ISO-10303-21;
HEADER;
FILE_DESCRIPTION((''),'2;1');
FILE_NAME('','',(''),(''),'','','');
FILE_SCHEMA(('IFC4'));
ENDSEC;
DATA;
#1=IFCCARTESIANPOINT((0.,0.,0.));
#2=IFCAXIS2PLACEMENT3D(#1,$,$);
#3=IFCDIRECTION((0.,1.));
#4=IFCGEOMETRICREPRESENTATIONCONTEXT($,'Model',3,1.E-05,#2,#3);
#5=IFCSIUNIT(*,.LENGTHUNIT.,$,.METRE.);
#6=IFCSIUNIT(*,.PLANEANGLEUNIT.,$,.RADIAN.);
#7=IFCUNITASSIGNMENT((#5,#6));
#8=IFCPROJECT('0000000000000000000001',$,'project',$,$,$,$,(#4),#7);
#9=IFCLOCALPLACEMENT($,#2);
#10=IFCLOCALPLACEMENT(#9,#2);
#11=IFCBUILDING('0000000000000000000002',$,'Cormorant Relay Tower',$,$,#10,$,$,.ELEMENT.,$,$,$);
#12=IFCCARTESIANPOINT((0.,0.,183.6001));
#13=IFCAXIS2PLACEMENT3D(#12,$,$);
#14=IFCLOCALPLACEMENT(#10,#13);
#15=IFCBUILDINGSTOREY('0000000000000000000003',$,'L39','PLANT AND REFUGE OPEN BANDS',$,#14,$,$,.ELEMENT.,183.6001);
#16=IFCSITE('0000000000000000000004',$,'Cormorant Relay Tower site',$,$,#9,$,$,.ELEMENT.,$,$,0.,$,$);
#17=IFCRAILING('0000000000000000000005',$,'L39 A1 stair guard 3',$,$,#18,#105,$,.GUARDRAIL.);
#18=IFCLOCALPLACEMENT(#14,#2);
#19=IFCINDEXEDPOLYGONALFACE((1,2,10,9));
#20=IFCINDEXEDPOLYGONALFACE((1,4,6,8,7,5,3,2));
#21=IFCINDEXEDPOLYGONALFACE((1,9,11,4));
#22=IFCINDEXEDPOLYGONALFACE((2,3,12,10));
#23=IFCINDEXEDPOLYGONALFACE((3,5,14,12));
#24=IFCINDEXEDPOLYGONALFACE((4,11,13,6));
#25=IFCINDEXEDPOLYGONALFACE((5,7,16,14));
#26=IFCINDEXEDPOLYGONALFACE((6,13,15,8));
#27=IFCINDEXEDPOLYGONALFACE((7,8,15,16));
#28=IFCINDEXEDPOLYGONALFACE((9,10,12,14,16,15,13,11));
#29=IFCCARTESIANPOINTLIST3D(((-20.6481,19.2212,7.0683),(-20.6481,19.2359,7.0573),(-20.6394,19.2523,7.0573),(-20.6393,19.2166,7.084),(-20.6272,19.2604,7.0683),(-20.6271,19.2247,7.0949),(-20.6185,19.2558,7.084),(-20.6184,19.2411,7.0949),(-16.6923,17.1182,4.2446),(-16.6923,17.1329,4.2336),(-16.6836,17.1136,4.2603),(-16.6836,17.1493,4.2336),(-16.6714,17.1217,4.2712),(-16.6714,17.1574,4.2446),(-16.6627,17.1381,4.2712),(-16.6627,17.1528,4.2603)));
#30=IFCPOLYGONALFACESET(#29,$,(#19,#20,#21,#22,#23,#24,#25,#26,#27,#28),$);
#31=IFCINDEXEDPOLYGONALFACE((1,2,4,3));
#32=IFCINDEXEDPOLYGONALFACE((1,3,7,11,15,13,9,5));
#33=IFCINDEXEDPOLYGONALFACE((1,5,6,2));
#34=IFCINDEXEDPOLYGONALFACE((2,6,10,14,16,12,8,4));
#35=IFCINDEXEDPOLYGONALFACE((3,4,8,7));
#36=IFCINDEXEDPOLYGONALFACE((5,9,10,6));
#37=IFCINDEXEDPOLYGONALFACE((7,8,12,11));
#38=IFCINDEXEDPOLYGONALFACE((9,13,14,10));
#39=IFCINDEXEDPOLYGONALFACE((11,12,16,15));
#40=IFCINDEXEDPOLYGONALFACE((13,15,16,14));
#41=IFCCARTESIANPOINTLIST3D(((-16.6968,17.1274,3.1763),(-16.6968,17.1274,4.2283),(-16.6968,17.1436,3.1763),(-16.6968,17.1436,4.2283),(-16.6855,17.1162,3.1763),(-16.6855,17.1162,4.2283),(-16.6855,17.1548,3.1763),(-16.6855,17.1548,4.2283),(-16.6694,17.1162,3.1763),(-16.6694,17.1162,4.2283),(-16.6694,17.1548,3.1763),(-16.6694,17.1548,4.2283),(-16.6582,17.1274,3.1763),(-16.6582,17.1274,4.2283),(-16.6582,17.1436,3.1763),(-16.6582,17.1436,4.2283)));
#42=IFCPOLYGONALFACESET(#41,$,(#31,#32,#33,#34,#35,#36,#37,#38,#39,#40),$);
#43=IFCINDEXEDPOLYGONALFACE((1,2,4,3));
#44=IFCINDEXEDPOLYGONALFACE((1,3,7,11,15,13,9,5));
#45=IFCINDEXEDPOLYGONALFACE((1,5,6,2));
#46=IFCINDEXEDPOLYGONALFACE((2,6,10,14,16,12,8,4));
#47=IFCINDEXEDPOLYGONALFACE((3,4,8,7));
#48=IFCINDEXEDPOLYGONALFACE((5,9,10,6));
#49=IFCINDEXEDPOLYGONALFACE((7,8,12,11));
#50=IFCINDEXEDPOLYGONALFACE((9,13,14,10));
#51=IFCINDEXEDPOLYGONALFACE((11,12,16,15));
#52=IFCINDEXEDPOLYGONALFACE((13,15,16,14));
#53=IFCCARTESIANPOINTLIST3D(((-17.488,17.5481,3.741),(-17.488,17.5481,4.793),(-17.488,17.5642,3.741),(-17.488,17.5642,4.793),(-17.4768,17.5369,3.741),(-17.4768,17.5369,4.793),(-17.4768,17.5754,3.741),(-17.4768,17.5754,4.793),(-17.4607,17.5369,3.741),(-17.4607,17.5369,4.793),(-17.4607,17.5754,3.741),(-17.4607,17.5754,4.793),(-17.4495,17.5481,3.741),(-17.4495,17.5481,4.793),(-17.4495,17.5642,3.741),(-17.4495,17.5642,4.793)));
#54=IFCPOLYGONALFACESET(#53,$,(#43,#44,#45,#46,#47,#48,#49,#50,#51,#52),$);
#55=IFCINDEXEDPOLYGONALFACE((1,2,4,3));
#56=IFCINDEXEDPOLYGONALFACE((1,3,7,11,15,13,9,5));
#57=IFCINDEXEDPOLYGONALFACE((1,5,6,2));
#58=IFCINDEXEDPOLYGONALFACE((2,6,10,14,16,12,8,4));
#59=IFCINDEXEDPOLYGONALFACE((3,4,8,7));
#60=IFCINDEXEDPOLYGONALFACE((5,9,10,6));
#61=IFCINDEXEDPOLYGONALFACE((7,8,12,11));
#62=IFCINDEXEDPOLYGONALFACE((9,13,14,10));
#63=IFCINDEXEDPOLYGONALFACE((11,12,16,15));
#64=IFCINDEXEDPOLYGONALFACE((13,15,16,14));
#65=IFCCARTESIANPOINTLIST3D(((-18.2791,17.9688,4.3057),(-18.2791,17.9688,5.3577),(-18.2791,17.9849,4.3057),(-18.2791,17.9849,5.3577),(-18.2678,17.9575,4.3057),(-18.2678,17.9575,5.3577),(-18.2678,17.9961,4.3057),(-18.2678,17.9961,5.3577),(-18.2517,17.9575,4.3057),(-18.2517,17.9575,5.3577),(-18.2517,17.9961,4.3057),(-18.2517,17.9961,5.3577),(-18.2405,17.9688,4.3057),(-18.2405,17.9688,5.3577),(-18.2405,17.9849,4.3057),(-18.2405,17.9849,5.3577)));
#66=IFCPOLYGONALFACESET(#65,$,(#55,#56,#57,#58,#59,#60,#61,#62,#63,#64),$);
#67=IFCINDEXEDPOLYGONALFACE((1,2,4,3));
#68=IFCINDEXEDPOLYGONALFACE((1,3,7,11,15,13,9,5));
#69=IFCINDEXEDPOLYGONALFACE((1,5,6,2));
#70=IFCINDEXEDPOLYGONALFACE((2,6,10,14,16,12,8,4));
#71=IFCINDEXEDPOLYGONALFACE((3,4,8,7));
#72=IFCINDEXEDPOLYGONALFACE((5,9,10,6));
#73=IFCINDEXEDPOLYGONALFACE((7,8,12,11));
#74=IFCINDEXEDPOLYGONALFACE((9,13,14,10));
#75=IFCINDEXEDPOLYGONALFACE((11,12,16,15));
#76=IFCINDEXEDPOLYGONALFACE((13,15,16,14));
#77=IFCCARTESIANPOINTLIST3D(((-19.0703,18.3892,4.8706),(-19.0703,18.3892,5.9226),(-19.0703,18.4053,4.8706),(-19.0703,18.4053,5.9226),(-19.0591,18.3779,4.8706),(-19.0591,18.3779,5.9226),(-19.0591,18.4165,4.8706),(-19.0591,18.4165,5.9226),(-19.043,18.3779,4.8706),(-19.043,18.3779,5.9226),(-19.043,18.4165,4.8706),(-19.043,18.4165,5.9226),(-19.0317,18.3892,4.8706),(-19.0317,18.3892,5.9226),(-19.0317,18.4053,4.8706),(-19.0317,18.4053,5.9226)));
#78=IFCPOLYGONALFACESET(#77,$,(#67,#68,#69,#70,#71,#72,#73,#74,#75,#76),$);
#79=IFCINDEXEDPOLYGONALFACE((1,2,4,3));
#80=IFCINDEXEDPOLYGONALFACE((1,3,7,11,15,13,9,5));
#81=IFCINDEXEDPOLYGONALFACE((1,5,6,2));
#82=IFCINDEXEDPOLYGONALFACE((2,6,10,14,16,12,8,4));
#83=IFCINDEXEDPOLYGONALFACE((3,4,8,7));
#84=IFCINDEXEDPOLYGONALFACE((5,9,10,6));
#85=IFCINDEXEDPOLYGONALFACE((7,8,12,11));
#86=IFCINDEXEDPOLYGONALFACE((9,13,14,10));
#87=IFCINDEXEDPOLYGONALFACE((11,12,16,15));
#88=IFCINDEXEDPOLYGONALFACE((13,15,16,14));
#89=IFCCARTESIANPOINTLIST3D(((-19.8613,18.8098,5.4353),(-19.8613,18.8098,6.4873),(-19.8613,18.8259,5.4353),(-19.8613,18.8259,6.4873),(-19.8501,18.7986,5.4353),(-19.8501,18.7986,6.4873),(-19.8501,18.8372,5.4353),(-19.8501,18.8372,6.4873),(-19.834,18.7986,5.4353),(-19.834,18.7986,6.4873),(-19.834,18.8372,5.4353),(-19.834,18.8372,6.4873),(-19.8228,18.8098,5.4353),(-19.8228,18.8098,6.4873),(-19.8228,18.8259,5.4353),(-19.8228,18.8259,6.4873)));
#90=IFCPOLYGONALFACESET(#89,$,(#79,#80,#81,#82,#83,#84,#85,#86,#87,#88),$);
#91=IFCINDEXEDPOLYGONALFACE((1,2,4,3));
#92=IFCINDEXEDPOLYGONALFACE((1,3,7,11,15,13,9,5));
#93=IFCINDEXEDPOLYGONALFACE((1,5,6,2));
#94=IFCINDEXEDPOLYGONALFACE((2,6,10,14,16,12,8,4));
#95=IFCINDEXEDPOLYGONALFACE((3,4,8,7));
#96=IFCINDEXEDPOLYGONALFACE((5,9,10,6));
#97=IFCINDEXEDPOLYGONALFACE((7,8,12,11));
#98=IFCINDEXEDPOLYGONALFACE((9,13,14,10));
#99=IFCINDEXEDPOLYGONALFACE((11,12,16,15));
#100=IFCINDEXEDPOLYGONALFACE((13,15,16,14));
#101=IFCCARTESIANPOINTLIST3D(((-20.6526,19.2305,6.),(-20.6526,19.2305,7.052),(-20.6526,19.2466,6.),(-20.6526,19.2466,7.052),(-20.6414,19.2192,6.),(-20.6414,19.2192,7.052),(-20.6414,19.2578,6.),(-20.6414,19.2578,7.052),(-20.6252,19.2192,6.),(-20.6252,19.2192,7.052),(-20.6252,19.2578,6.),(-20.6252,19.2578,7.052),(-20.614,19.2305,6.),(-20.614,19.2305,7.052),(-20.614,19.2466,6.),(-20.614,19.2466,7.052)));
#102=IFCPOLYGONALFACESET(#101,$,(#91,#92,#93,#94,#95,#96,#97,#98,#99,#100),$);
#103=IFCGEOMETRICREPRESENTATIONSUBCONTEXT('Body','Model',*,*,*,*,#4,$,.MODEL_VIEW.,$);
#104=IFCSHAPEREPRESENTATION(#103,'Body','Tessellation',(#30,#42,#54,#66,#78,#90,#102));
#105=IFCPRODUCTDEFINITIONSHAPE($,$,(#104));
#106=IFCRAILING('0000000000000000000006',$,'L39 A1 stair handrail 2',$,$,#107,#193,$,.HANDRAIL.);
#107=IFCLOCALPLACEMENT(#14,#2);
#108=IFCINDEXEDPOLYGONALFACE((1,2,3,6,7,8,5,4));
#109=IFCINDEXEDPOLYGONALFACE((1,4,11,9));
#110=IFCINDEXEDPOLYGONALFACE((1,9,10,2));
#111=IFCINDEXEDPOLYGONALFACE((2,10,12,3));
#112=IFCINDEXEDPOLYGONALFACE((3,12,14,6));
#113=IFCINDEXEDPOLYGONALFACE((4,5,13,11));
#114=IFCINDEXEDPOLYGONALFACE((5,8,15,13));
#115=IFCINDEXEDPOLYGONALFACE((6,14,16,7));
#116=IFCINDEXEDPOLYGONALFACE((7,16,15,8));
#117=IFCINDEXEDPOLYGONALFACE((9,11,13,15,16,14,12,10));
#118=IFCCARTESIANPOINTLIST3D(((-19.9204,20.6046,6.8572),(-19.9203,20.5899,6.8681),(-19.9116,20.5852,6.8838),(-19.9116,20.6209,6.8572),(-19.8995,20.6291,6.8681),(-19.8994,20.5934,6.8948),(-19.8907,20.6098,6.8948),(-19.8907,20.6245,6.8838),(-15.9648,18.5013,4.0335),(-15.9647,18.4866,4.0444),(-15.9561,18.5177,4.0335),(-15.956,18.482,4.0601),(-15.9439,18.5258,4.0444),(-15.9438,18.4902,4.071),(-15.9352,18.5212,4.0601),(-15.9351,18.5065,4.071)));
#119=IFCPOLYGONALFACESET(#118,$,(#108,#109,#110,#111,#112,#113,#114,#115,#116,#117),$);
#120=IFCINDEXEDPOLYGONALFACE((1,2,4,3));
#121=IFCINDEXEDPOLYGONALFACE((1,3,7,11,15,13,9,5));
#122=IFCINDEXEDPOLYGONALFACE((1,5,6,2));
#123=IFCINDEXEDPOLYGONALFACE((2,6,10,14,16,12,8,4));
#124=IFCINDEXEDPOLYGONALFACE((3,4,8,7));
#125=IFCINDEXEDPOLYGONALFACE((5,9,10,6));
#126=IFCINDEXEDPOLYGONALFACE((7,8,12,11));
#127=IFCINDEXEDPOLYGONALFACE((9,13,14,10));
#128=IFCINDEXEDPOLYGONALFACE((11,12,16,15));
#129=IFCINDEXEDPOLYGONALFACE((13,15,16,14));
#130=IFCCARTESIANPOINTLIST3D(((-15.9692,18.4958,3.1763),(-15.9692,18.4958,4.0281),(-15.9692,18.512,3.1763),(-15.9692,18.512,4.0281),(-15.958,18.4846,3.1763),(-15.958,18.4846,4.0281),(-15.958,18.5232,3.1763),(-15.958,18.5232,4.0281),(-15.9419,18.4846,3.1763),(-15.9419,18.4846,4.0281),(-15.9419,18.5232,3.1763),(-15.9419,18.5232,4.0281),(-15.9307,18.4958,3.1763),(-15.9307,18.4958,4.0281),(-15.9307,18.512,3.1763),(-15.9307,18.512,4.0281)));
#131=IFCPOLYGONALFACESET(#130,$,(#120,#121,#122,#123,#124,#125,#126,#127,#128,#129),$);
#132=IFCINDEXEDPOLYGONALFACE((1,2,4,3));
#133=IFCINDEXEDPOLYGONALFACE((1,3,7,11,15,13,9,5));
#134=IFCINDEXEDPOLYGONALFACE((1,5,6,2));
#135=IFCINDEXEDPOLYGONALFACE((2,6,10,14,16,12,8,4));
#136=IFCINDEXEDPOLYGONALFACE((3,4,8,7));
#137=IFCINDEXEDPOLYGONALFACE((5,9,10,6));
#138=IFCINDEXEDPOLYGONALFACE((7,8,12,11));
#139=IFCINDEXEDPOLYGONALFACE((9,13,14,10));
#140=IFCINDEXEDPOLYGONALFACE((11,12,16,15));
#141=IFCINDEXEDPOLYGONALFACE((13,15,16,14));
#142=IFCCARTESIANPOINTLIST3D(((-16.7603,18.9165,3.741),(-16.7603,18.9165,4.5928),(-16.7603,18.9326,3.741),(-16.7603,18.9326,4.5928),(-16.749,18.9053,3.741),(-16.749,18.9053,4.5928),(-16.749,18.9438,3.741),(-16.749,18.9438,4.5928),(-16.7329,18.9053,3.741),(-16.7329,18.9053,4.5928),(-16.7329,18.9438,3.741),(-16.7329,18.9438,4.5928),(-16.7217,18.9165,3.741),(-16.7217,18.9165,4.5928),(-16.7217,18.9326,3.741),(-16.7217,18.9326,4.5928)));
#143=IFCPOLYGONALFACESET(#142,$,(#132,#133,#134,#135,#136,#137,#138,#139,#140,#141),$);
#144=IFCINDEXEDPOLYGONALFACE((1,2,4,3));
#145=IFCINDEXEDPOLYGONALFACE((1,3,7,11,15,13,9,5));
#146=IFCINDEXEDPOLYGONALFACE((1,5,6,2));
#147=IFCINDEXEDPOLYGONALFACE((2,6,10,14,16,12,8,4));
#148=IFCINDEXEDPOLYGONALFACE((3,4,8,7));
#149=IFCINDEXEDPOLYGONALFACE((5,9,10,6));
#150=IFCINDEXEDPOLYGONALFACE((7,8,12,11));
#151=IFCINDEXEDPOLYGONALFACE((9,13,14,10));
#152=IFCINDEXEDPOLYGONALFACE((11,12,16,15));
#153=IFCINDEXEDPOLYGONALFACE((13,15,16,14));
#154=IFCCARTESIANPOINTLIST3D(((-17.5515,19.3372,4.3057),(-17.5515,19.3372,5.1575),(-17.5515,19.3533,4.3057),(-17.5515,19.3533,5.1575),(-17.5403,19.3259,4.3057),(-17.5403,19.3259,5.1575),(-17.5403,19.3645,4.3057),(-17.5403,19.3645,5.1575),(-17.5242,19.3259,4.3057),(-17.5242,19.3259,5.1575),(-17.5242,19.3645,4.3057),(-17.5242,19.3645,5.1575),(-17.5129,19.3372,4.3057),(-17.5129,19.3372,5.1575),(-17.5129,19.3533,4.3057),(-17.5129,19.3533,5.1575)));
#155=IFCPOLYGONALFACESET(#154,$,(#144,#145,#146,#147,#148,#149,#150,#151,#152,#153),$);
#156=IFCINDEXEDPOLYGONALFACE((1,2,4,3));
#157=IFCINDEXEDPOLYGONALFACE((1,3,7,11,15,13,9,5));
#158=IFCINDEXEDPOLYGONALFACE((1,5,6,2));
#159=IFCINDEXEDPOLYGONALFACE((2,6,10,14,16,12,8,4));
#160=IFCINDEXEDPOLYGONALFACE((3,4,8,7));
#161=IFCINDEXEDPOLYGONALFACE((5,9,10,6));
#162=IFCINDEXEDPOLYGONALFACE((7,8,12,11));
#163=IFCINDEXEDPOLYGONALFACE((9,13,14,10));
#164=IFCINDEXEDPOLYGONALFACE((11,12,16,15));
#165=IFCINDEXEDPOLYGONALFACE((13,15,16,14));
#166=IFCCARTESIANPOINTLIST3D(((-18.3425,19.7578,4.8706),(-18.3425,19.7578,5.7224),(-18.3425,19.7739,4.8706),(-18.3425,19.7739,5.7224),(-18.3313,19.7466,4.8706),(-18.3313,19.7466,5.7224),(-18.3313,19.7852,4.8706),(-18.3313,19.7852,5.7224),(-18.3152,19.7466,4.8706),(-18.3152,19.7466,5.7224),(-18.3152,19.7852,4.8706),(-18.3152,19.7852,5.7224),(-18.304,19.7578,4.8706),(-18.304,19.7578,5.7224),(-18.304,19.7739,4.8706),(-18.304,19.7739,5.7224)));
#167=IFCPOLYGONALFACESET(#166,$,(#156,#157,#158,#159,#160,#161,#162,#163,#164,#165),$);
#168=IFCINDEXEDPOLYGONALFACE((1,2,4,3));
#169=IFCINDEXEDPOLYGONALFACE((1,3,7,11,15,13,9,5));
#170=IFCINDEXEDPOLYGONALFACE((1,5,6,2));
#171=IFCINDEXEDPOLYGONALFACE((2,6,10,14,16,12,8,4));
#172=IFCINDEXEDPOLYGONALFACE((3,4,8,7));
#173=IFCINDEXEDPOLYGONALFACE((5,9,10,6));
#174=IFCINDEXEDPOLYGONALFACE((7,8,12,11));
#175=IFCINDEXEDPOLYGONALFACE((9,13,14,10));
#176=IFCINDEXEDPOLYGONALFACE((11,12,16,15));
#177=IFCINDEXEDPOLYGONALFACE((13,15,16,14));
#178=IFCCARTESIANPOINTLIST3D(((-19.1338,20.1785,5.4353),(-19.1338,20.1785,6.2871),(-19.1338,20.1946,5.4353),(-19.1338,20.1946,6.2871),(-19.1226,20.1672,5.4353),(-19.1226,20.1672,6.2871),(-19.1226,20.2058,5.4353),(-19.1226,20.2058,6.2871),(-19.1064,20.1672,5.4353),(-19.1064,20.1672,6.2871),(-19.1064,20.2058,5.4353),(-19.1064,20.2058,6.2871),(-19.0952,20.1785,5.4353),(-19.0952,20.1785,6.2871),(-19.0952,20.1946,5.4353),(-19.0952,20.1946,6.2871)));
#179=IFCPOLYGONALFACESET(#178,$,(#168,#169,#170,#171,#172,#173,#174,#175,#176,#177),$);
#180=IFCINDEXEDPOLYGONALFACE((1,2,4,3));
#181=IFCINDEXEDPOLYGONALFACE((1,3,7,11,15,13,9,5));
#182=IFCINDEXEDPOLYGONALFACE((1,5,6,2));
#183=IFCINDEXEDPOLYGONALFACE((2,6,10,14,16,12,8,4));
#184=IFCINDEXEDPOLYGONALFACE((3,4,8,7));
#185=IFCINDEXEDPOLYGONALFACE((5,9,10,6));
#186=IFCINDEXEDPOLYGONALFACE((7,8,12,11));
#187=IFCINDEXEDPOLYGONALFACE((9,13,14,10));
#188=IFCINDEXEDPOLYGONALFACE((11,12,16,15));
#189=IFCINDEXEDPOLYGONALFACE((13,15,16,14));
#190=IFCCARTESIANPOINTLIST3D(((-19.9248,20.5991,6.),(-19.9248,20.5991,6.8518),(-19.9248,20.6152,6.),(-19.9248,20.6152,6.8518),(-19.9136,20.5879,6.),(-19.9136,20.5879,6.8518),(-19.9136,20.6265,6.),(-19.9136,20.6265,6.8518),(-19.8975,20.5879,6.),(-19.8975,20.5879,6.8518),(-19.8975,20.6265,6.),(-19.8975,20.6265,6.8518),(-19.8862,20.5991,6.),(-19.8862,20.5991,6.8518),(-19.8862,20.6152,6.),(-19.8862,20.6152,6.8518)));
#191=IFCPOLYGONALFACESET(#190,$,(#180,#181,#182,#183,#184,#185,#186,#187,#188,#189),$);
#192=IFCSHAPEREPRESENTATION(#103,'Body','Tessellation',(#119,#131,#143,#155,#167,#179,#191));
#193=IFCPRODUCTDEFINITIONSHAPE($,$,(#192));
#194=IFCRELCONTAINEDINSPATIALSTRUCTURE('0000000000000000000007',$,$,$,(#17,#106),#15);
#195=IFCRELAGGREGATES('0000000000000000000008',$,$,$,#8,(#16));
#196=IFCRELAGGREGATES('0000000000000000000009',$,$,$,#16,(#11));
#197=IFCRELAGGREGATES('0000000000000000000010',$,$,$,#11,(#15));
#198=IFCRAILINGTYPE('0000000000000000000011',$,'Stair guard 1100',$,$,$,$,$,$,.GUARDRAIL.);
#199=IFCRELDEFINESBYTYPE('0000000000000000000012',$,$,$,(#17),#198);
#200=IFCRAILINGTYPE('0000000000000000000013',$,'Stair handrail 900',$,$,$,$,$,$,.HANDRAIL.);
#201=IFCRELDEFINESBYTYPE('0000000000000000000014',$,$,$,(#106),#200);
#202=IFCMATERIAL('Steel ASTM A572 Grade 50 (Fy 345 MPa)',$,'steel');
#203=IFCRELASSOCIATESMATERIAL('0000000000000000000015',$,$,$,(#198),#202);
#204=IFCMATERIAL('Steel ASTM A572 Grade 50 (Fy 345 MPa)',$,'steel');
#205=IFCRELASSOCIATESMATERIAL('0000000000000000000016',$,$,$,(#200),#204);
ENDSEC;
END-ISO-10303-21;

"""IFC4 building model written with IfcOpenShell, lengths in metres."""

from ifc_helpers import new_model, si_unit, direction, frame, origin, place, context, subcontext, project, spatial, polyline, outline, extrude, material, type_object, element, save


model = new_model("IFC4")

# Units and contexts
model_context = context("Model", 3, precision=1e-05, world=origin(), true_north=direction((0.0, 1.0)))
body_context = subcontext(model_context, "Body", "Model", "MODEL_VIEW")
ifc_project = project(units=[si_unit("LENGTHUNIT", "METRE"), si_unit("PLANEANGLEUNIT", "RADIAN")], contexts=[model_context])

# Site, building, storey
site_placement = place(None, origin())
site = spatial("IfcSite", under=ifc_project, at=site_placement, Name="Cormorant Relay Tower site", CompositionType="ELEMENT", RefElevation=0.0)
building_placement = place(site_placement, origin())
building = spatial("IfcBuilding", under=site, at=building_placement, Name="Cormorant Relay Tower", CompositionType="ELEMENT")
storey_placement = place(building_placement, frame((0.0, 0.0, 183.6001)))
storey = spatial("IfcBuildingStorey", under=building, at=storey_placement, Name="L39", Description="PLANT AND REFUGE OPEN BANDS", CompositionType="ELEMENT", Elevation=183.6001)

# Railings
ifc_material_1 = material(Name="Steel ASTM A572 Grade 50 (Fy 345 MPa)", Category="steel")
railing_type_1 = type_object("IfcRailingType", Name="Stair guard 1100", PredefinedType="GUARDRAIL", material=ifc_material_1)
railing_1_placement = place(storey_placement, frame((-16.6775, 17.1355, 3.1763)))
element("IfcRailing", 1, at=railing_1_placement, inside=storey, type_object=railing_type_1, Name="L39 A1 stair guard 3", PredefinedType="GUARDRAIL", context=body_context, shape_type="SweptSolid", body=[
    extrude(outline(polyline([(0.0222, 0.0093), (0.0093, 0.0222), (-0.0093, 0.0222), (-0.0222, 0.0093), (-0.0222, -0.0093), (-0.0093, -0.0222), (0.0093, -0.0222), (0.0222, -0.0093), (0.0222, 0.0093)])), frame((0.0, 0.0, 1.0762), z_axis=(-0.746983, 0.397119, 0.53321), x_axis=(-0.469417, -0.882977, 0.0)), (0.0, 0.0, 1.0), 5.2957),
    extrude(outline(polyline([(0.0193, 0.0081), (0.0081, 0.0193), (-0.0081, 0.0193), (-0.0193, 0.0081), (-0.0193, -0.0081), (-0.0081, -0.0193), (0.0081, -0.0193), (0.0193, -0.0081), (0.0193, 0.0081)])), origin(), (0.0, 0.0, 1.0), 1.052),
    extrude(outline(polyline([(0.0193, 0.0081), (0.0081, 0.0193), (-0.0081, 0.0193), (-0.0193, 0.0081), (-0.0193, -0.0081), (-0.0081, -0.0193), (0.0081, -0.0193), (0.0193, -0.0081), (0.0193, 0.0081)])), frame((-0.7913, 0.4207, 0.5647)), (0.0, 0.0, 1.0), 1.052),
    extrude(outline(polyline([(0.0193, 0.0081), (0.0081, 0.0193), (-0.0081, 0.0193), (-0.0193, 0.0081), (-0.0193, -0.0081), (-0.0081, -0.0193), (0.0081, -0.0193), (0.0193, -0.0081), (0.0193, 0.0081)])), frame((-1.5823, 0.8413, 1.1294)), (0.0, 0.0, 1.0), 1.052),
    extrude(outline(polyline([(0.0193, 0.0081), (0.0081, 0.0193), (-0.0081, 0.0193), (-0.0193, 0.0081), (-0.0193, -0.0081), (-0.0081, -0.0193), (0.0081, -0.0193), (0.0193, -0.0081), (0.0193, 0.0081)])), frame((-2.3735, 1.2617, 1.6943)), (0.0, 0.0, 1.0), 1.052),
    extrude(outline(polyline([(0.0193, 0.0081), (0.0081, 0.0193), (-0.0081, 0.0193), (-0.0193, 0.0081), (-0.0193, -0.0081), (-0.0081, -0.0193), (0.0081, -0.0193), (0.0193, -0.0081), (0.0193, 0.0081)])), frame((-3.1646, 1.6824, 2.259)), (0.0, 0.0, 1.0), 1.052),
    extrude(outline(polyline([(0.0193, 0.0081), (0.0081, 0.0193), (-0.0081, 0.0193), (-0.0193, 0.0081), (-0.0193, -0.0081), (-0.0081, -0.0193), (0.0081, -0.0193), (0.0193, -0.0081), (0.0193, 0.0081)])), frame((-3.9558, 2.103, 2.8237)), (0.0, 0.0, 1.0), 1.052),
])
ifc_material_2 = material(Name="Steel ASTM A572 Grade 50 (Fy 345 MPa)", Category="steel")
railing_type_2 = type_object("IfcRailingType", Name="Stair handrail 900", PredefinedType="HANDRAIL", material=ifc_material_2)
railing_2_placement = place(storey_placement, frame((-15.95, 18.5039, 3.1763)))
element("IfcRailing", 2, at=railing_2_placement, inside=storey, type_object=railing_type_2, Name="L39 A1 stair handrail 2", PredefinedType="HANDRAIL", context=body_context, shape_type="SweptSolid", body=[
    extrude(outline(polyline([(0.0222, 0.0093), (0.0093, 0.0222), (-0.0093, 0.0222), (-0.0222, 0.0093), (-0.0222, -0.0093), (-0.0093, -0.0222), (0.0093, -0.0222), (0.0222, -0.0093), (0.0222, 0.0093)])), frame((0.0, 0.0, 0.876), z_axis=(-0.746949, 0.397171, 0.533219), x_axis=(-0.469482, -0.882942, 0.0)), (0.0, 0.0, 1.0), 5.2957),
    extrude(outline(polyline([(0.0193, 0.0081), (0.0081, 0.0193), (-0.0081, 0.0193), (-0.0193, 0.0081), (-0.0193, -0.0081), (-0.0081, -0.0193), (0.0081, -0.0193), (0.0193, -0.0081), (0.0193, 0.0081)])), origin(), (0.0, 0.0, 1.0), 0.8518),
    extrude(outline(polyline([(0.0193, 0.0081), (0.0081, 0.0193), (-0.0081, 0.0193), (-0.0193, 0.0081), (-0.0193, -0.0081), (-0.0081, -0.0193), (0.0081, -0.0193), (0.0193, -0.0081), (0.0193, 0.0081)])), frame((-0.791, 0.4207, 0.5647)), (0.0, 0.0, 1.0), 0.8518),
    extrude(outline(polyline([(0.0193, 0.0081), (0.0081, 0.0193), (-0.0081, 0.0193), (-0.0193, 0.0081), (-0.0193, -0.0081), (-0.0081, -0.0193), (0.0081, -0.0193), (0.0193, -0.0081), (0.0193, 0.0081)])), frame((-1.5823, 0.8413, 1.1294)), (0.0, 0.0, 1.0), 0.8518),
    extrude(outline(polyline([(0.0193, 0.0081), (0.0081, 0.0193), (-0.0081, 0.0193), (-0.0193, 0.0081), (-0.0193, -0.0081), (-0.0081, -0.0193), (0.0081, -0.0193), (0.0193, -0.0081), (0.0193, 0.0081)])), frame((-2.3733, 1.262, 1.6943)), (0.0, 0.0, 1.0), 0.8518),
    extrude(outline(polyline([(0.0193, 0.0081), (0.0081, 0.0193), (-0.0081, 0.0193), (-0.0193, 0.0081), (-0.0193, -0.0081), (-0.0081, -0.0193), (0.0081, -0.0193), (0.0193, -0.0081), (0.0193, 0.0081)])), frame((-3.1646, 1.6826, 2.259)), (0.0, 0.0, 1.0), 0.8518),
    extrude(outline(polyline([(0.0193, 0.0081), (0.0081, 0.0193), (-0.0081, 0.0193), (-0.0193, 0.0081), (-0.0193, -0.0081), (-0.0081, -0.0193), (0.0081, -0.0193), (0.0193, -0.0081), (0.0193, 0.0081)])), frame((-3.9556, 2.1033, 2.8237)), (0.0, 0.0, 1.0), 0.8518),
])

save(model, "model.ifc")
